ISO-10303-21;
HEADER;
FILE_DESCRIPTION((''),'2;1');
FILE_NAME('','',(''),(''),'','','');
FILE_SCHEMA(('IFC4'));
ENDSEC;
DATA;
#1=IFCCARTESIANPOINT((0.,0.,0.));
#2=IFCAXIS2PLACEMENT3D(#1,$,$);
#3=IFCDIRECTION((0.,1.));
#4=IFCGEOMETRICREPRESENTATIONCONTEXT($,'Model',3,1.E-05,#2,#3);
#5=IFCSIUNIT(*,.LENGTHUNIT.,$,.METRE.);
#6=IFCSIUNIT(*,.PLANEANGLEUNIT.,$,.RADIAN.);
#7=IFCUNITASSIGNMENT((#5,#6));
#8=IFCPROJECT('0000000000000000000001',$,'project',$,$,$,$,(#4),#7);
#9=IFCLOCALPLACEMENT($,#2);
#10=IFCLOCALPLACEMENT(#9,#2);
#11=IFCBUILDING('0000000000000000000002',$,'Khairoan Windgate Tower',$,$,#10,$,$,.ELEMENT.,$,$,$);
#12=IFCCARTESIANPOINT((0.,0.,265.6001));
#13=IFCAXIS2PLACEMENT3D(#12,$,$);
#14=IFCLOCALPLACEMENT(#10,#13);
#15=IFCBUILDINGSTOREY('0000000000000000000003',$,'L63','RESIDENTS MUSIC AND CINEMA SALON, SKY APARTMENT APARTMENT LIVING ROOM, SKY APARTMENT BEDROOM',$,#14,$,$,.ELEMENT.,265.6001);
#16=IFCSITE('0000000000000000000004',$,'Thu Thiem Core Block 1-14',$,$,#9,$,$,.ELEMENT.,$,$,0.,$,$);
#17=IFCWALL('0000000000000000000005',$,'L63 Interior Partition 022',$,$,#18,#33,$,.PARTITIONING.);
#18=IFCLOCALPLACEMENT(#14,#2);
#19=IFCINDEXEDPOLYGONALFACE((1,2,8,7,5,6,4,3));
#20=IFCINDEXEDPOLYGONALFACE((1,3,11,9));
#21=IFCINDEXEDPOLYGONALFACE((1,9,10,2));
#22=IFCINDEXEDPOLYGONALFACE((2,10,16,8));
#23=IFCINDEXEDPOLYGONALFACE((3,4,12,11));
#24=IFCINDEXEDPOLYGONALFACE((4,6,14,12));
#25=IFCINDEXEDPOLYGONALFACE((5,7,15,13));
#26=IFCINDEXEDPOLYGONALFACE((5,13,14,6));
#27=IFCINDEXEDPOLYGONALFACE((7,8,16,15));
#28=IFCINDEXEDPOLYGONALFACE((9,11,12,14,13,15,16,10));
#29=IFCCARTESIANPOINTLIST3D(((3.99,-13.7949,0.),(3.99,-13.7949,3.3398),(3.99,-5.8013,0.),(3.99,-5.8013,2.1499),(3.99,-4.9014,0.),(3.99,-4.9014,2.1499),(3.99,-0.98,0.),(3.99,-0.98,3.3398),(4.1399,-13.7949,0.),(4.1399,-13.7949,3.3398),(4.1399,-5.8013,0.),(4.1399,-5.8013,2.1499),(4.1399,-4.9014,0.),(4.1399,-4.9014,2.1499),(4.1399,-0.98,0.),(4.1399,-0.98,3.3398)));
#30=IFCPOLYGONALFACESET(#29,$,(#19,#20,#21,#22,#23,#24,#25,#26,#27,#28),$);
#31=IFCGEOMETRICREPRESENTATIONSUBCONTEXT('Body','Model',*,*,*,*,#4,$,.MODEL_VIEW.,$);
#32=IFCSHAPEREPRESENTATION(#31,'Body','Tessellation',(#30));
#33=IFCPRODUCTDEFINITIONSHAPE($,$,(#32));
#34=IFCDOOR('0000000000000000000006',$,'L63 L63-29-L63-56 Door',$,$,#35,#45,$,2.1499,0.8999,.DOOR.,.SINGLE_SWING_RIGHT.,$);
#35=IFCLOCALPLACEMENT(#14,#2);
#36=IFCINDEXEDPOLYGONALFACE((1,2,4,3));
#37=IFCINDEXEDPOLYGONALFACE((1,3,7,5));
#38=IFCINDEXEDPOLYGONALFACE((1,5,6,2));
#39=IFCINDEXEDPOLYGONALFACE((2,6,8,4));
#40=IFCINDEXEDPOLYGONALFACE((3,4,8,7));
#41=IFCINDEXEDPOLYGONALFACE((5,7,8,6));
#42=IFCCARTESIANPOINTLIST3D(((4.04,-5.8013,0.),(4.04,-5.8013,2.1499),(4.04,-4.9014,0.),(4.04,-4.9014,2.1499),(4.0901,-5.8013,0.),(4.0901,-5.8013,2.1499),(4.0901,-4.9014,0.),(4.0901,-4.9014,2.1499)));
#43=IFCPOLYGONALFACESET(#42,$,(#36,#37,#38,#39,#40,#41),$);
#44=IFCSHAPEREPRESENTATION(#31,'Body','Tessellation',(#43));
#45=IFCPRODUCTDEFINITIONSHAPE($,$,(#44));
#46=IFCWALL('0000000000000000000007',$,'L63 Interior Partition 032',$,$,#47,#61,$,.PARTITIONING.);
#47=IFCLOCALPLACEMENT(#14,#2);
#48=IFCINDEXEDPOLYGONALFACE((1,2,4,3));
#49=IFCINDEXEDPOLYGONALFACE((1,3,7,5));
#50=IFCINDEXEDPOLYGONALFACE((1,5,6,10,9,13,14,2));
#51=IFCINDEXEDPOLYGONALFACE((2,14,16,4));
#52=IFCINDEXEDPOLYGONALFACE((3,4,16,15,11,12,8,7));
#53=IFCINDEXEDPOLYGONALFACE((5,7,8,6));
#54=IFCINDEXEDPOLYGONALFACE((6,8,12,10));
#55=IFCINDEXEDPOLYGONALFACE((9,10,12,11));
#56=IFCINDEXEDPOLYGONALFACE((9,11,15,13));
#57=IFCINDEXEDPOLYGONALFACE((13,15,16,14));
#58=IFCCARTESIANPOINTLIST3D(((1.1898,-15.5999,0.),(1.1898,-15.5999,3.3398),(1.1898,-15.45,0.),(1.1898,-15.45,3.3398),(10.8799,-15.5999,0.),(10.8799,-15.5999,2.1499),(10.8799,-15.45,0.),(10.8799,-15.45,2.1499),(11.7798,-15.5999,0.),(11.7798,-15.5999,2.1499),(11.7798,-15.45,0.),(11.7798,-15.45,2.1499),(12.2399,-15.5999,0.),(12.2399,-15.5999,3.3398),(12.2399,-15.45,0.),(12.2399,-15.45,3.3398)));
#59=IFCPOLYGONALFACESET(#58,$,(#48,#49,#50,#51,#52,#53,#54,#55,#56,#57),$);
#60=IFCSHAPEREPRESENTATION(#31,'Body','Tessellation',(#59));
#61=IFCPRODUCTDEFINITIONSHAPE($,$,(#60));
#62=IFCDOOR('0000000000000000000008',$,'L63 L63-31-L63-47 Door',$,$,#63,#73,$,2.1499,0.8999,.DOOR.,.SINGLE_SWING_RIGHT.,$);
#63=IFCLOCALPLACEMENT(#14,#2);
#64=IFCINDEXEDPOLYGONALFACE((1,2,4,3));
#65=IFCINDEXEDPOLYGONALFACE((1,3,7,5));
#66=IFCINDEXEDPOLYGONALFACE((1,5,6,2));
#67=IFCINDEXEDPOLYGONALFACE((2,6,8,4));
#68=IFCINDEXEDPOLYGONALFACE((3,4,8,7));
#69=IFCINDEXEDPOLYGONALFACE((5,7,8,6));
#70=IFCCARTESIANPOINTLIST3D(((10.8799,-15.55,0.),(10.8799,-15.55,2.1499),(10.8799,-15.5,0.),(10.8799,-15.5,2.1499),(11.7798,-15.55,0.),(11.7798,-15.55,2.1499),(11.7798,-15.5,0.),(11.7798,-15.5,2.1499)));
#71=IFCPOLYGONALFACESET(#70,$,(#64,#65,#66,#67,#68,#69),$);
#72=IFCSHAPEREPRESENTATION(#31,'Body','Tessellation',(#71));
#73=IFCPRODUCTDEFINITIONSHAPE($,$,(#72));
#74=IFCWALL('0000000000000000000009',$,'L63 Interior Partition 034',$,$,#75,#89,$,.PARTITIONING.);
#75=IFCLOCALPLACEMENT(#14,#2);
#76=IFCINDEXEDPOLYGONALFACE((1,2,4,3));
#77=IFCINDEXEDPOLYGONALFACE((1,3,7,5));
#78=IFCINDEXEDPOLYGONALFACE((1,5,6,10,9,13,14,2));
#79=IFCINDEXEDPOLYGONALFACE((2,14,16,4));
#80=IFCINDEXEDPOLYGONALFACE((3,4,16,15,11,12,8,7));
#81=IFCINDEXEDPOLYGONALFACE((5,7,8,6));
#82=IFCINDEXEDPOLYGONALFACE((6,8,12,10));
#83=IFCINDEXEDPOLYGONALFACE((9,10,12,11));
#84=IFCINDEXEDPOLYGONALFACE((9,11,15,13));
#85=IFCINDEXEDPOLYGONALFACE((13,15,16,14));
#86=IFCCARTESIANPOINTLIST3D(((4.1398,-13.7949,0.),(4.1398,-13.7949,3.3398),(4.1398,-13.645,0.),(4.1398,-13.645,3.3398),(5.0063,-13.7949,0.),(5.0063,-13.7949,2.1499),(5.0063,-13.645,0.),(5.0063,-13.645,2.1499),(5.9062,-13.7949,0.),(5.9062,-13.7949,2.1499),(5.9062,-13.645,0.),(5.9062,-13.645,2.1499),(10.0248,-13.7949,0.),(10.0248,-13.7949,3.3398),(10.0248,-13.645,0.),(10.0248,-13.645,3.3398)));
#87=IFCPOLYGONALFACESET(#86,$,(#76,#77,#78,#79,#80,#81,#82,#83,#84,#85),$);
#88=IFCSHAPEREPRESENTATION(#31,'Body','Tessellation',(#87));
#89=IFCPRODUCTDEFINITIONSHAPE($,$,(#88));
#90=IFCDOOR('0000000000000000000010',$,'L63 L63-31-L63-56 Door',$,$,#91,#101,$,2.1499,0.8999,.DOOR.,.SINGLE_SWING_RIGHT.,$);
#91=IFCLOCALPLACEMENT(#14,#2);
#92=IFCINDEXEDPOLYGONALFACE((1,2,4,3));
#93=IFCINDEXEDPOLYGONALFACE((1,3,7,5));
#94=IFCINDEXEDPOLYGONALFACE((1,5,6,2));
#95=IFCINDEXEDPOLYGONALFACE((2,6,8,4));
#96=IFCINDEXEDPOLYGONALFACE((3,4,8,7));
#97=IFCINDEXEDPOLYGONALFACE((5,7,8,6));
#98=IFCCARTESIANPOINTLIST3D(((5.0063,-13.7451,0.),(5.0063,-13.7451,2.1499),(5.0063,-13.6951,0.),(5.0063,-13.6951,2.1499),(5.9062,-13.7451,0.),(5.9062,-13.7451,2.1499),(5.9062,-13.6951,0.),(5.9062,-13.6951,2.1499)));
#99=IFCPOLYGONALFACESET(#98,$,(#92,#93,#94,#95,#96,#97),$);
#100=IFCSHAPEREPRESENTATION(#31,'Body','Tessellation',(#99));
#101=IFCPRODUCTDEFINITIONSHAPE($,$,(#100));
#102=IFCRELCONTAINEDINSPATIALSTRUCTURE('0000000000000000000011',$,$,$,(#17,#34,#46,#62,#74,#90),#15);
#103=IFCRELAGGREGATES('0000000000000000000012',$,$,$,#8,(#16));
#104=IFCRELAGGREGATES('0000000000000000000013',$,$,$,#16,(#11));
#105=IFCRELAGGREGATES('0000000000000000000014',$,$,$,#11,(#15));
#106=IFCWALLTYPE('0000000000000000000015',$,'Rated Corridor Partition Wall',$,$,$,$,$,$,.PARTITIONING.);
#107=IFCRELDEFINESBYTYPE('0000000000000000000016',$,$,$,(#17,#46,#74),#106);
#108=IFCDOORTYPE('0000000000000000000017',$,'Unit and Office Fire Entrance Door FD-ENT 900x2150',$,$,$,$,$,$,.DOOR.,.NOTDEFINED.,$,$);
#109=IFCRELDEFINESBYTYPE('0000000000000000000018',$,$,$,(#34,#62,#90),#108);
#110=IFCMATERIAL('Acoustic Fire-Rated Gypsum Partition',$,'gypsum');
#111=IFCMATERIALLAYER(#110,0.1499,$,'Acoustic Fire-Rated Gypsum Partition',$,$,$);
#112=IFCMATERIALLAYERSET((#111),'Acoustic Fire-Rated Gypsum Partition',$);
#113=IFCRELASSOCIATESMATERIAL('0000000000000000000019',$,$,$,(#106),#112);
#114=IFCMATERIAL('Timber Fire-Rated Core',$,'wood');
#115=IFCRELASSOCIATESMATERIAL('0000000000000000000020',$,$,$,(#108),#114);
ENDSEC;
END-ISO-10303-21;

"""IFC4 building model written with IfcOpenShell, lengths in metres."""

from ifc_helpers import new_model, si_unit, direction, frame, frame_2d, origin, place, context, subcontext, project, spatial, rectangle, extrude, material, layer, layer_set, type_object, element, fill, save


model = new_model("IFC4")

# Units and contexts
model_context = context("Model", 3, precision=1e-05, world=origin(), true_north=direction((0.0, 1.0)))
body_context = subcontext(model_context, "Body", "Model", "MODEL_VIEW")
ifc_project = project(units=[si_unit("LENGTHUNIT", "METRE"), si_unit("PLANEANGLEUNIT", "RADIAN")], contexts=[model_context])

# Site, building, storey
site_placement = place(None, origin())
site = spatial("IfcSite", under=ifc_project, at=site_placement, Name="Thu Thiem Core Block 1-14", CompositionType="ELEMENT", RefElevation=0.0)
building_placement = place(site_placement, origin())
building = spatial("IfcBuilding", under=site, at=building_placement, Name="Khairoan Windgate Tower", CompositionType="ELEMENT")
storey_placement = place(building_placement, frame((0.0, 0.0, 265.6001)))
storey = spatial("IfcBuildingStorey", under=building, at=storey_placement, Name="L63", Description="RESIDENTS MUSIC AND CINEMA SALON, SKY APARTMENT APARTMENT LIVING ROOM, SKY APARTMENT BEDROOM", CompositionType="ELEMENT", Elevation=265.6001)

# Walls, openings, doors
ifc_material_1 = material(Name="Acoustic Fire-Rated Gypsum Partition", Category="gypsum")
ifc_layer_1 = layer(ifc_material_1, 0.1499, Name="Acoustic Fire-Rated Gypsum Partition")
ifc_layer_set_1 = layer_set([ifc_layer_1], Name="Acoustic Fire-Rated Gypsum Partition")
wall_type_1 = type_object("IfcWallType", Name="Rated Corridor Partition Wall", PredefinedType="PARTITIONING", material=ifc_layer_set_1)
ifc_material_2 = material(Name="Timber Fire-Rated Core", Category="wood")
door_type_1 = type_object("IfcDoorType", Name="Unit and Office Fire Entrance Door FD-ENT 900x2150", OperationType="NOTDEFINED", PredefinedType="DOOR", material=ifc_material_2)
wall_1_placement = place(storey_placement, frame((4.0649, -13.7949, 0.0), z_axis=(0.0, 0.0, 1.0), x_axis=(0.0, 1.0, 0.0)))
wall_1 = element("IfcWall", 1, at=wall_1_placement, inside=storey, type_object=wall_type_1, Name="L63 Interior Partition 022", PredefinedType="PARTITIONING", context=body_context, shape_type="SweptSolid", body=[
    extrude(rectangle(XDim=12.8149, YDim=0.1499, at=frame_2d((6.4075, 0.0))), origin(), (0.0, 0.0, 1.0), 3.3398),
])
opening_1_placement = place(wall_1_placement, frame((7.9937, 0.0, 0.0)))
opening_1 = element("IfcOpeningElement", 2, at=opening_1_placement, cuts=wall_1, PredefinedType="OPENING", context=body_context, shape_type="SweptSolid", body=[
    extrude(rectangle(XDim=0.8999, YDim=2.1499, at=frame_2d((0.45, 1.075))), frame((0.0, 0.085, 0.0), z_axis=(0.0, -1.0, 0.0), x_axis=(1.0, 0.0, 0.0)), (0.0, 0.0, 1.0), 0.1699),
])
door_1_placement = place(opening_1_placement, origin())
door_1 = element("IfcDoor", 3, at=door_1_placement, inside=storey, type_object=door_type_1, Name="L63 L63-29-L63-56 Door", OperationType="SINGLE_SWING_RIGHT", OverallHeight=2.1499, OverallWidth=0.8999, PredefinedType="DOOR", context=body_context, shape_type="SweptSolid", body=[
    extrude(rectangle(XDim=0.8999, YDim=2.1499, at=frame_2d((0.45, 1.075))), frame((0.0, 0.0249, 0.0), z_axis=(0.0, -1.0, 0.0), x_axis=(1.0, 0.0, 0.0)), (0.0, 0.0, 1.0), 0.05),
])
fill(opening_1, door_1)
wall_2_placement = place(storey_placement, frame((1.1899, -15.5249, 0.0), z_axis=(0.0, 0.0, 1.0), x_axis=(1.0, 0.0, 0.0)))
wall_2 = element("IfcWall", 4, at=wall_2_placement, inside=storey, type_object=wall_type_1, Name="L63 Interior Partition 032", PredefinedType="PARTITIONING", context=body_context, shape_type="SweptSolid", body=[
    extrude(rectangle(XDim=11.05, YDim=0.1499, at=frame_2d((5.5249, 0.0))), origin(), (0.0, 0.0, 1.0), 3.3398),
])
opening_2_placement = place(wall_2_placement, frame((9.6899, 0.0, 0.0)))
opening_2 = element("IfcOpeningElement", 5, at=opening_2_placement, cuts=wall_2, PredefinedType="OPENING", context=body_context, shape_type="SweptSolid", body=[
    extrude(rectangle(XDim=0.8999, YDim=2.1499, at=frame_2d((0.45, 1.075))), frame((0.0, 0.085, 0.0), z_axis=(0.0, -1.0, 0.0), x_axis=(1.0, 0.0, 0.0)), (0.0, 0.0, 1.0), 0.1699),
])
door_2_placement = place(opening_2_placement, origin())
door_2 = element("IfcDoor", 6, at=door_2_placement, inside=storey, type_object=door_type_1, Name="L63 L63-31-L63-47 Door", OperationType="SINGLE_SWING_RIGHT", OverallHeight=2.1499, OverallWidth=0.8999, PredefinedType="DOOR", context=body_context, shape_type="SweptSolid", body=[
    extrude(rectangle(XDim=0.8999, YDim=2.1499, at=frame_2d((0.45, 1.075))), frame((0.0, 0.0249, 0.0), z_axis=(0.0, -1.0, 0.0), x_axis=(1.0, 0.0, 0.0)), (0.0, 0.0, 1.0), 0.05),
])
fill(opening_2, door_2)
wall_3_placement = place(storey_placement, frame((4.1399, -13.72, 0.0), z_axis=(0.0, 0.0, 1.0), x_axis=(1.0, 0.0, 0.0)))
wall_3 = element("IfcWall", 7, at=wall_3_placement, inside=storey, type_object=wall_type_1, Name="L63 Interior Partition 034", PredefinedType="PARTITIONING", context=body_context, shape_type="SweptSolid", body=[
    extrude(rectangle(XDim=5.885, YDim=0.1499, at=frame_2d((2.9424, 0.0))), origin(), (0.0, 0.0, 1.0), 3.3398),
])
opening_3_placement = place(wall_3_placement, frame((0.8665, 0.0, 0.0)))
opening_3 = element("IfcOpeningElement", 8, at=opening_3_placement, cuts=wall_3, PredefinedType="OPENING", context=body_context, shape_type="SweptSolid", body=[
    extrude(rectangle(XDim=0.8999, YDim=2.1499, at=frame_2d((0.45, 1.075))), frame((0.0, 0.085, 0.0), z_axis=(0.0, -1.0, 0.0), x_axis=(1.0, 0.0, 0.0)), (0.0, 0.0, 1.0), 0.1699),
])
door_3_placement = place(opening_3_placement, origin())
door_3 = element("IfcDoor", 9, at=door_3_placement, inside=storey, type_object=door_type_1, Name="L63 L63-31-L63-56 Door", OperationType="SINGLE_SWING_RIGHT", OverallHeight=2.1499, OverallWidth=0.8999, PredefinedType="DOOR", context=body_context, shape_type="SweptSolid", body=[
    extrude(rectangle(XDim=0.8999, YDim=2.1499, at=frame_2d((0.45, 1.075))), frame((0.0, 0.0249, 0.0), z_axis=(0.0, -1.0, 0.0), x_axis=(1.0, 0.0, 0.0)), (0.0, 0.0, 1.0), 0.05),
])
fill(opening_3, door_3)

save(model, "model.ifc")
